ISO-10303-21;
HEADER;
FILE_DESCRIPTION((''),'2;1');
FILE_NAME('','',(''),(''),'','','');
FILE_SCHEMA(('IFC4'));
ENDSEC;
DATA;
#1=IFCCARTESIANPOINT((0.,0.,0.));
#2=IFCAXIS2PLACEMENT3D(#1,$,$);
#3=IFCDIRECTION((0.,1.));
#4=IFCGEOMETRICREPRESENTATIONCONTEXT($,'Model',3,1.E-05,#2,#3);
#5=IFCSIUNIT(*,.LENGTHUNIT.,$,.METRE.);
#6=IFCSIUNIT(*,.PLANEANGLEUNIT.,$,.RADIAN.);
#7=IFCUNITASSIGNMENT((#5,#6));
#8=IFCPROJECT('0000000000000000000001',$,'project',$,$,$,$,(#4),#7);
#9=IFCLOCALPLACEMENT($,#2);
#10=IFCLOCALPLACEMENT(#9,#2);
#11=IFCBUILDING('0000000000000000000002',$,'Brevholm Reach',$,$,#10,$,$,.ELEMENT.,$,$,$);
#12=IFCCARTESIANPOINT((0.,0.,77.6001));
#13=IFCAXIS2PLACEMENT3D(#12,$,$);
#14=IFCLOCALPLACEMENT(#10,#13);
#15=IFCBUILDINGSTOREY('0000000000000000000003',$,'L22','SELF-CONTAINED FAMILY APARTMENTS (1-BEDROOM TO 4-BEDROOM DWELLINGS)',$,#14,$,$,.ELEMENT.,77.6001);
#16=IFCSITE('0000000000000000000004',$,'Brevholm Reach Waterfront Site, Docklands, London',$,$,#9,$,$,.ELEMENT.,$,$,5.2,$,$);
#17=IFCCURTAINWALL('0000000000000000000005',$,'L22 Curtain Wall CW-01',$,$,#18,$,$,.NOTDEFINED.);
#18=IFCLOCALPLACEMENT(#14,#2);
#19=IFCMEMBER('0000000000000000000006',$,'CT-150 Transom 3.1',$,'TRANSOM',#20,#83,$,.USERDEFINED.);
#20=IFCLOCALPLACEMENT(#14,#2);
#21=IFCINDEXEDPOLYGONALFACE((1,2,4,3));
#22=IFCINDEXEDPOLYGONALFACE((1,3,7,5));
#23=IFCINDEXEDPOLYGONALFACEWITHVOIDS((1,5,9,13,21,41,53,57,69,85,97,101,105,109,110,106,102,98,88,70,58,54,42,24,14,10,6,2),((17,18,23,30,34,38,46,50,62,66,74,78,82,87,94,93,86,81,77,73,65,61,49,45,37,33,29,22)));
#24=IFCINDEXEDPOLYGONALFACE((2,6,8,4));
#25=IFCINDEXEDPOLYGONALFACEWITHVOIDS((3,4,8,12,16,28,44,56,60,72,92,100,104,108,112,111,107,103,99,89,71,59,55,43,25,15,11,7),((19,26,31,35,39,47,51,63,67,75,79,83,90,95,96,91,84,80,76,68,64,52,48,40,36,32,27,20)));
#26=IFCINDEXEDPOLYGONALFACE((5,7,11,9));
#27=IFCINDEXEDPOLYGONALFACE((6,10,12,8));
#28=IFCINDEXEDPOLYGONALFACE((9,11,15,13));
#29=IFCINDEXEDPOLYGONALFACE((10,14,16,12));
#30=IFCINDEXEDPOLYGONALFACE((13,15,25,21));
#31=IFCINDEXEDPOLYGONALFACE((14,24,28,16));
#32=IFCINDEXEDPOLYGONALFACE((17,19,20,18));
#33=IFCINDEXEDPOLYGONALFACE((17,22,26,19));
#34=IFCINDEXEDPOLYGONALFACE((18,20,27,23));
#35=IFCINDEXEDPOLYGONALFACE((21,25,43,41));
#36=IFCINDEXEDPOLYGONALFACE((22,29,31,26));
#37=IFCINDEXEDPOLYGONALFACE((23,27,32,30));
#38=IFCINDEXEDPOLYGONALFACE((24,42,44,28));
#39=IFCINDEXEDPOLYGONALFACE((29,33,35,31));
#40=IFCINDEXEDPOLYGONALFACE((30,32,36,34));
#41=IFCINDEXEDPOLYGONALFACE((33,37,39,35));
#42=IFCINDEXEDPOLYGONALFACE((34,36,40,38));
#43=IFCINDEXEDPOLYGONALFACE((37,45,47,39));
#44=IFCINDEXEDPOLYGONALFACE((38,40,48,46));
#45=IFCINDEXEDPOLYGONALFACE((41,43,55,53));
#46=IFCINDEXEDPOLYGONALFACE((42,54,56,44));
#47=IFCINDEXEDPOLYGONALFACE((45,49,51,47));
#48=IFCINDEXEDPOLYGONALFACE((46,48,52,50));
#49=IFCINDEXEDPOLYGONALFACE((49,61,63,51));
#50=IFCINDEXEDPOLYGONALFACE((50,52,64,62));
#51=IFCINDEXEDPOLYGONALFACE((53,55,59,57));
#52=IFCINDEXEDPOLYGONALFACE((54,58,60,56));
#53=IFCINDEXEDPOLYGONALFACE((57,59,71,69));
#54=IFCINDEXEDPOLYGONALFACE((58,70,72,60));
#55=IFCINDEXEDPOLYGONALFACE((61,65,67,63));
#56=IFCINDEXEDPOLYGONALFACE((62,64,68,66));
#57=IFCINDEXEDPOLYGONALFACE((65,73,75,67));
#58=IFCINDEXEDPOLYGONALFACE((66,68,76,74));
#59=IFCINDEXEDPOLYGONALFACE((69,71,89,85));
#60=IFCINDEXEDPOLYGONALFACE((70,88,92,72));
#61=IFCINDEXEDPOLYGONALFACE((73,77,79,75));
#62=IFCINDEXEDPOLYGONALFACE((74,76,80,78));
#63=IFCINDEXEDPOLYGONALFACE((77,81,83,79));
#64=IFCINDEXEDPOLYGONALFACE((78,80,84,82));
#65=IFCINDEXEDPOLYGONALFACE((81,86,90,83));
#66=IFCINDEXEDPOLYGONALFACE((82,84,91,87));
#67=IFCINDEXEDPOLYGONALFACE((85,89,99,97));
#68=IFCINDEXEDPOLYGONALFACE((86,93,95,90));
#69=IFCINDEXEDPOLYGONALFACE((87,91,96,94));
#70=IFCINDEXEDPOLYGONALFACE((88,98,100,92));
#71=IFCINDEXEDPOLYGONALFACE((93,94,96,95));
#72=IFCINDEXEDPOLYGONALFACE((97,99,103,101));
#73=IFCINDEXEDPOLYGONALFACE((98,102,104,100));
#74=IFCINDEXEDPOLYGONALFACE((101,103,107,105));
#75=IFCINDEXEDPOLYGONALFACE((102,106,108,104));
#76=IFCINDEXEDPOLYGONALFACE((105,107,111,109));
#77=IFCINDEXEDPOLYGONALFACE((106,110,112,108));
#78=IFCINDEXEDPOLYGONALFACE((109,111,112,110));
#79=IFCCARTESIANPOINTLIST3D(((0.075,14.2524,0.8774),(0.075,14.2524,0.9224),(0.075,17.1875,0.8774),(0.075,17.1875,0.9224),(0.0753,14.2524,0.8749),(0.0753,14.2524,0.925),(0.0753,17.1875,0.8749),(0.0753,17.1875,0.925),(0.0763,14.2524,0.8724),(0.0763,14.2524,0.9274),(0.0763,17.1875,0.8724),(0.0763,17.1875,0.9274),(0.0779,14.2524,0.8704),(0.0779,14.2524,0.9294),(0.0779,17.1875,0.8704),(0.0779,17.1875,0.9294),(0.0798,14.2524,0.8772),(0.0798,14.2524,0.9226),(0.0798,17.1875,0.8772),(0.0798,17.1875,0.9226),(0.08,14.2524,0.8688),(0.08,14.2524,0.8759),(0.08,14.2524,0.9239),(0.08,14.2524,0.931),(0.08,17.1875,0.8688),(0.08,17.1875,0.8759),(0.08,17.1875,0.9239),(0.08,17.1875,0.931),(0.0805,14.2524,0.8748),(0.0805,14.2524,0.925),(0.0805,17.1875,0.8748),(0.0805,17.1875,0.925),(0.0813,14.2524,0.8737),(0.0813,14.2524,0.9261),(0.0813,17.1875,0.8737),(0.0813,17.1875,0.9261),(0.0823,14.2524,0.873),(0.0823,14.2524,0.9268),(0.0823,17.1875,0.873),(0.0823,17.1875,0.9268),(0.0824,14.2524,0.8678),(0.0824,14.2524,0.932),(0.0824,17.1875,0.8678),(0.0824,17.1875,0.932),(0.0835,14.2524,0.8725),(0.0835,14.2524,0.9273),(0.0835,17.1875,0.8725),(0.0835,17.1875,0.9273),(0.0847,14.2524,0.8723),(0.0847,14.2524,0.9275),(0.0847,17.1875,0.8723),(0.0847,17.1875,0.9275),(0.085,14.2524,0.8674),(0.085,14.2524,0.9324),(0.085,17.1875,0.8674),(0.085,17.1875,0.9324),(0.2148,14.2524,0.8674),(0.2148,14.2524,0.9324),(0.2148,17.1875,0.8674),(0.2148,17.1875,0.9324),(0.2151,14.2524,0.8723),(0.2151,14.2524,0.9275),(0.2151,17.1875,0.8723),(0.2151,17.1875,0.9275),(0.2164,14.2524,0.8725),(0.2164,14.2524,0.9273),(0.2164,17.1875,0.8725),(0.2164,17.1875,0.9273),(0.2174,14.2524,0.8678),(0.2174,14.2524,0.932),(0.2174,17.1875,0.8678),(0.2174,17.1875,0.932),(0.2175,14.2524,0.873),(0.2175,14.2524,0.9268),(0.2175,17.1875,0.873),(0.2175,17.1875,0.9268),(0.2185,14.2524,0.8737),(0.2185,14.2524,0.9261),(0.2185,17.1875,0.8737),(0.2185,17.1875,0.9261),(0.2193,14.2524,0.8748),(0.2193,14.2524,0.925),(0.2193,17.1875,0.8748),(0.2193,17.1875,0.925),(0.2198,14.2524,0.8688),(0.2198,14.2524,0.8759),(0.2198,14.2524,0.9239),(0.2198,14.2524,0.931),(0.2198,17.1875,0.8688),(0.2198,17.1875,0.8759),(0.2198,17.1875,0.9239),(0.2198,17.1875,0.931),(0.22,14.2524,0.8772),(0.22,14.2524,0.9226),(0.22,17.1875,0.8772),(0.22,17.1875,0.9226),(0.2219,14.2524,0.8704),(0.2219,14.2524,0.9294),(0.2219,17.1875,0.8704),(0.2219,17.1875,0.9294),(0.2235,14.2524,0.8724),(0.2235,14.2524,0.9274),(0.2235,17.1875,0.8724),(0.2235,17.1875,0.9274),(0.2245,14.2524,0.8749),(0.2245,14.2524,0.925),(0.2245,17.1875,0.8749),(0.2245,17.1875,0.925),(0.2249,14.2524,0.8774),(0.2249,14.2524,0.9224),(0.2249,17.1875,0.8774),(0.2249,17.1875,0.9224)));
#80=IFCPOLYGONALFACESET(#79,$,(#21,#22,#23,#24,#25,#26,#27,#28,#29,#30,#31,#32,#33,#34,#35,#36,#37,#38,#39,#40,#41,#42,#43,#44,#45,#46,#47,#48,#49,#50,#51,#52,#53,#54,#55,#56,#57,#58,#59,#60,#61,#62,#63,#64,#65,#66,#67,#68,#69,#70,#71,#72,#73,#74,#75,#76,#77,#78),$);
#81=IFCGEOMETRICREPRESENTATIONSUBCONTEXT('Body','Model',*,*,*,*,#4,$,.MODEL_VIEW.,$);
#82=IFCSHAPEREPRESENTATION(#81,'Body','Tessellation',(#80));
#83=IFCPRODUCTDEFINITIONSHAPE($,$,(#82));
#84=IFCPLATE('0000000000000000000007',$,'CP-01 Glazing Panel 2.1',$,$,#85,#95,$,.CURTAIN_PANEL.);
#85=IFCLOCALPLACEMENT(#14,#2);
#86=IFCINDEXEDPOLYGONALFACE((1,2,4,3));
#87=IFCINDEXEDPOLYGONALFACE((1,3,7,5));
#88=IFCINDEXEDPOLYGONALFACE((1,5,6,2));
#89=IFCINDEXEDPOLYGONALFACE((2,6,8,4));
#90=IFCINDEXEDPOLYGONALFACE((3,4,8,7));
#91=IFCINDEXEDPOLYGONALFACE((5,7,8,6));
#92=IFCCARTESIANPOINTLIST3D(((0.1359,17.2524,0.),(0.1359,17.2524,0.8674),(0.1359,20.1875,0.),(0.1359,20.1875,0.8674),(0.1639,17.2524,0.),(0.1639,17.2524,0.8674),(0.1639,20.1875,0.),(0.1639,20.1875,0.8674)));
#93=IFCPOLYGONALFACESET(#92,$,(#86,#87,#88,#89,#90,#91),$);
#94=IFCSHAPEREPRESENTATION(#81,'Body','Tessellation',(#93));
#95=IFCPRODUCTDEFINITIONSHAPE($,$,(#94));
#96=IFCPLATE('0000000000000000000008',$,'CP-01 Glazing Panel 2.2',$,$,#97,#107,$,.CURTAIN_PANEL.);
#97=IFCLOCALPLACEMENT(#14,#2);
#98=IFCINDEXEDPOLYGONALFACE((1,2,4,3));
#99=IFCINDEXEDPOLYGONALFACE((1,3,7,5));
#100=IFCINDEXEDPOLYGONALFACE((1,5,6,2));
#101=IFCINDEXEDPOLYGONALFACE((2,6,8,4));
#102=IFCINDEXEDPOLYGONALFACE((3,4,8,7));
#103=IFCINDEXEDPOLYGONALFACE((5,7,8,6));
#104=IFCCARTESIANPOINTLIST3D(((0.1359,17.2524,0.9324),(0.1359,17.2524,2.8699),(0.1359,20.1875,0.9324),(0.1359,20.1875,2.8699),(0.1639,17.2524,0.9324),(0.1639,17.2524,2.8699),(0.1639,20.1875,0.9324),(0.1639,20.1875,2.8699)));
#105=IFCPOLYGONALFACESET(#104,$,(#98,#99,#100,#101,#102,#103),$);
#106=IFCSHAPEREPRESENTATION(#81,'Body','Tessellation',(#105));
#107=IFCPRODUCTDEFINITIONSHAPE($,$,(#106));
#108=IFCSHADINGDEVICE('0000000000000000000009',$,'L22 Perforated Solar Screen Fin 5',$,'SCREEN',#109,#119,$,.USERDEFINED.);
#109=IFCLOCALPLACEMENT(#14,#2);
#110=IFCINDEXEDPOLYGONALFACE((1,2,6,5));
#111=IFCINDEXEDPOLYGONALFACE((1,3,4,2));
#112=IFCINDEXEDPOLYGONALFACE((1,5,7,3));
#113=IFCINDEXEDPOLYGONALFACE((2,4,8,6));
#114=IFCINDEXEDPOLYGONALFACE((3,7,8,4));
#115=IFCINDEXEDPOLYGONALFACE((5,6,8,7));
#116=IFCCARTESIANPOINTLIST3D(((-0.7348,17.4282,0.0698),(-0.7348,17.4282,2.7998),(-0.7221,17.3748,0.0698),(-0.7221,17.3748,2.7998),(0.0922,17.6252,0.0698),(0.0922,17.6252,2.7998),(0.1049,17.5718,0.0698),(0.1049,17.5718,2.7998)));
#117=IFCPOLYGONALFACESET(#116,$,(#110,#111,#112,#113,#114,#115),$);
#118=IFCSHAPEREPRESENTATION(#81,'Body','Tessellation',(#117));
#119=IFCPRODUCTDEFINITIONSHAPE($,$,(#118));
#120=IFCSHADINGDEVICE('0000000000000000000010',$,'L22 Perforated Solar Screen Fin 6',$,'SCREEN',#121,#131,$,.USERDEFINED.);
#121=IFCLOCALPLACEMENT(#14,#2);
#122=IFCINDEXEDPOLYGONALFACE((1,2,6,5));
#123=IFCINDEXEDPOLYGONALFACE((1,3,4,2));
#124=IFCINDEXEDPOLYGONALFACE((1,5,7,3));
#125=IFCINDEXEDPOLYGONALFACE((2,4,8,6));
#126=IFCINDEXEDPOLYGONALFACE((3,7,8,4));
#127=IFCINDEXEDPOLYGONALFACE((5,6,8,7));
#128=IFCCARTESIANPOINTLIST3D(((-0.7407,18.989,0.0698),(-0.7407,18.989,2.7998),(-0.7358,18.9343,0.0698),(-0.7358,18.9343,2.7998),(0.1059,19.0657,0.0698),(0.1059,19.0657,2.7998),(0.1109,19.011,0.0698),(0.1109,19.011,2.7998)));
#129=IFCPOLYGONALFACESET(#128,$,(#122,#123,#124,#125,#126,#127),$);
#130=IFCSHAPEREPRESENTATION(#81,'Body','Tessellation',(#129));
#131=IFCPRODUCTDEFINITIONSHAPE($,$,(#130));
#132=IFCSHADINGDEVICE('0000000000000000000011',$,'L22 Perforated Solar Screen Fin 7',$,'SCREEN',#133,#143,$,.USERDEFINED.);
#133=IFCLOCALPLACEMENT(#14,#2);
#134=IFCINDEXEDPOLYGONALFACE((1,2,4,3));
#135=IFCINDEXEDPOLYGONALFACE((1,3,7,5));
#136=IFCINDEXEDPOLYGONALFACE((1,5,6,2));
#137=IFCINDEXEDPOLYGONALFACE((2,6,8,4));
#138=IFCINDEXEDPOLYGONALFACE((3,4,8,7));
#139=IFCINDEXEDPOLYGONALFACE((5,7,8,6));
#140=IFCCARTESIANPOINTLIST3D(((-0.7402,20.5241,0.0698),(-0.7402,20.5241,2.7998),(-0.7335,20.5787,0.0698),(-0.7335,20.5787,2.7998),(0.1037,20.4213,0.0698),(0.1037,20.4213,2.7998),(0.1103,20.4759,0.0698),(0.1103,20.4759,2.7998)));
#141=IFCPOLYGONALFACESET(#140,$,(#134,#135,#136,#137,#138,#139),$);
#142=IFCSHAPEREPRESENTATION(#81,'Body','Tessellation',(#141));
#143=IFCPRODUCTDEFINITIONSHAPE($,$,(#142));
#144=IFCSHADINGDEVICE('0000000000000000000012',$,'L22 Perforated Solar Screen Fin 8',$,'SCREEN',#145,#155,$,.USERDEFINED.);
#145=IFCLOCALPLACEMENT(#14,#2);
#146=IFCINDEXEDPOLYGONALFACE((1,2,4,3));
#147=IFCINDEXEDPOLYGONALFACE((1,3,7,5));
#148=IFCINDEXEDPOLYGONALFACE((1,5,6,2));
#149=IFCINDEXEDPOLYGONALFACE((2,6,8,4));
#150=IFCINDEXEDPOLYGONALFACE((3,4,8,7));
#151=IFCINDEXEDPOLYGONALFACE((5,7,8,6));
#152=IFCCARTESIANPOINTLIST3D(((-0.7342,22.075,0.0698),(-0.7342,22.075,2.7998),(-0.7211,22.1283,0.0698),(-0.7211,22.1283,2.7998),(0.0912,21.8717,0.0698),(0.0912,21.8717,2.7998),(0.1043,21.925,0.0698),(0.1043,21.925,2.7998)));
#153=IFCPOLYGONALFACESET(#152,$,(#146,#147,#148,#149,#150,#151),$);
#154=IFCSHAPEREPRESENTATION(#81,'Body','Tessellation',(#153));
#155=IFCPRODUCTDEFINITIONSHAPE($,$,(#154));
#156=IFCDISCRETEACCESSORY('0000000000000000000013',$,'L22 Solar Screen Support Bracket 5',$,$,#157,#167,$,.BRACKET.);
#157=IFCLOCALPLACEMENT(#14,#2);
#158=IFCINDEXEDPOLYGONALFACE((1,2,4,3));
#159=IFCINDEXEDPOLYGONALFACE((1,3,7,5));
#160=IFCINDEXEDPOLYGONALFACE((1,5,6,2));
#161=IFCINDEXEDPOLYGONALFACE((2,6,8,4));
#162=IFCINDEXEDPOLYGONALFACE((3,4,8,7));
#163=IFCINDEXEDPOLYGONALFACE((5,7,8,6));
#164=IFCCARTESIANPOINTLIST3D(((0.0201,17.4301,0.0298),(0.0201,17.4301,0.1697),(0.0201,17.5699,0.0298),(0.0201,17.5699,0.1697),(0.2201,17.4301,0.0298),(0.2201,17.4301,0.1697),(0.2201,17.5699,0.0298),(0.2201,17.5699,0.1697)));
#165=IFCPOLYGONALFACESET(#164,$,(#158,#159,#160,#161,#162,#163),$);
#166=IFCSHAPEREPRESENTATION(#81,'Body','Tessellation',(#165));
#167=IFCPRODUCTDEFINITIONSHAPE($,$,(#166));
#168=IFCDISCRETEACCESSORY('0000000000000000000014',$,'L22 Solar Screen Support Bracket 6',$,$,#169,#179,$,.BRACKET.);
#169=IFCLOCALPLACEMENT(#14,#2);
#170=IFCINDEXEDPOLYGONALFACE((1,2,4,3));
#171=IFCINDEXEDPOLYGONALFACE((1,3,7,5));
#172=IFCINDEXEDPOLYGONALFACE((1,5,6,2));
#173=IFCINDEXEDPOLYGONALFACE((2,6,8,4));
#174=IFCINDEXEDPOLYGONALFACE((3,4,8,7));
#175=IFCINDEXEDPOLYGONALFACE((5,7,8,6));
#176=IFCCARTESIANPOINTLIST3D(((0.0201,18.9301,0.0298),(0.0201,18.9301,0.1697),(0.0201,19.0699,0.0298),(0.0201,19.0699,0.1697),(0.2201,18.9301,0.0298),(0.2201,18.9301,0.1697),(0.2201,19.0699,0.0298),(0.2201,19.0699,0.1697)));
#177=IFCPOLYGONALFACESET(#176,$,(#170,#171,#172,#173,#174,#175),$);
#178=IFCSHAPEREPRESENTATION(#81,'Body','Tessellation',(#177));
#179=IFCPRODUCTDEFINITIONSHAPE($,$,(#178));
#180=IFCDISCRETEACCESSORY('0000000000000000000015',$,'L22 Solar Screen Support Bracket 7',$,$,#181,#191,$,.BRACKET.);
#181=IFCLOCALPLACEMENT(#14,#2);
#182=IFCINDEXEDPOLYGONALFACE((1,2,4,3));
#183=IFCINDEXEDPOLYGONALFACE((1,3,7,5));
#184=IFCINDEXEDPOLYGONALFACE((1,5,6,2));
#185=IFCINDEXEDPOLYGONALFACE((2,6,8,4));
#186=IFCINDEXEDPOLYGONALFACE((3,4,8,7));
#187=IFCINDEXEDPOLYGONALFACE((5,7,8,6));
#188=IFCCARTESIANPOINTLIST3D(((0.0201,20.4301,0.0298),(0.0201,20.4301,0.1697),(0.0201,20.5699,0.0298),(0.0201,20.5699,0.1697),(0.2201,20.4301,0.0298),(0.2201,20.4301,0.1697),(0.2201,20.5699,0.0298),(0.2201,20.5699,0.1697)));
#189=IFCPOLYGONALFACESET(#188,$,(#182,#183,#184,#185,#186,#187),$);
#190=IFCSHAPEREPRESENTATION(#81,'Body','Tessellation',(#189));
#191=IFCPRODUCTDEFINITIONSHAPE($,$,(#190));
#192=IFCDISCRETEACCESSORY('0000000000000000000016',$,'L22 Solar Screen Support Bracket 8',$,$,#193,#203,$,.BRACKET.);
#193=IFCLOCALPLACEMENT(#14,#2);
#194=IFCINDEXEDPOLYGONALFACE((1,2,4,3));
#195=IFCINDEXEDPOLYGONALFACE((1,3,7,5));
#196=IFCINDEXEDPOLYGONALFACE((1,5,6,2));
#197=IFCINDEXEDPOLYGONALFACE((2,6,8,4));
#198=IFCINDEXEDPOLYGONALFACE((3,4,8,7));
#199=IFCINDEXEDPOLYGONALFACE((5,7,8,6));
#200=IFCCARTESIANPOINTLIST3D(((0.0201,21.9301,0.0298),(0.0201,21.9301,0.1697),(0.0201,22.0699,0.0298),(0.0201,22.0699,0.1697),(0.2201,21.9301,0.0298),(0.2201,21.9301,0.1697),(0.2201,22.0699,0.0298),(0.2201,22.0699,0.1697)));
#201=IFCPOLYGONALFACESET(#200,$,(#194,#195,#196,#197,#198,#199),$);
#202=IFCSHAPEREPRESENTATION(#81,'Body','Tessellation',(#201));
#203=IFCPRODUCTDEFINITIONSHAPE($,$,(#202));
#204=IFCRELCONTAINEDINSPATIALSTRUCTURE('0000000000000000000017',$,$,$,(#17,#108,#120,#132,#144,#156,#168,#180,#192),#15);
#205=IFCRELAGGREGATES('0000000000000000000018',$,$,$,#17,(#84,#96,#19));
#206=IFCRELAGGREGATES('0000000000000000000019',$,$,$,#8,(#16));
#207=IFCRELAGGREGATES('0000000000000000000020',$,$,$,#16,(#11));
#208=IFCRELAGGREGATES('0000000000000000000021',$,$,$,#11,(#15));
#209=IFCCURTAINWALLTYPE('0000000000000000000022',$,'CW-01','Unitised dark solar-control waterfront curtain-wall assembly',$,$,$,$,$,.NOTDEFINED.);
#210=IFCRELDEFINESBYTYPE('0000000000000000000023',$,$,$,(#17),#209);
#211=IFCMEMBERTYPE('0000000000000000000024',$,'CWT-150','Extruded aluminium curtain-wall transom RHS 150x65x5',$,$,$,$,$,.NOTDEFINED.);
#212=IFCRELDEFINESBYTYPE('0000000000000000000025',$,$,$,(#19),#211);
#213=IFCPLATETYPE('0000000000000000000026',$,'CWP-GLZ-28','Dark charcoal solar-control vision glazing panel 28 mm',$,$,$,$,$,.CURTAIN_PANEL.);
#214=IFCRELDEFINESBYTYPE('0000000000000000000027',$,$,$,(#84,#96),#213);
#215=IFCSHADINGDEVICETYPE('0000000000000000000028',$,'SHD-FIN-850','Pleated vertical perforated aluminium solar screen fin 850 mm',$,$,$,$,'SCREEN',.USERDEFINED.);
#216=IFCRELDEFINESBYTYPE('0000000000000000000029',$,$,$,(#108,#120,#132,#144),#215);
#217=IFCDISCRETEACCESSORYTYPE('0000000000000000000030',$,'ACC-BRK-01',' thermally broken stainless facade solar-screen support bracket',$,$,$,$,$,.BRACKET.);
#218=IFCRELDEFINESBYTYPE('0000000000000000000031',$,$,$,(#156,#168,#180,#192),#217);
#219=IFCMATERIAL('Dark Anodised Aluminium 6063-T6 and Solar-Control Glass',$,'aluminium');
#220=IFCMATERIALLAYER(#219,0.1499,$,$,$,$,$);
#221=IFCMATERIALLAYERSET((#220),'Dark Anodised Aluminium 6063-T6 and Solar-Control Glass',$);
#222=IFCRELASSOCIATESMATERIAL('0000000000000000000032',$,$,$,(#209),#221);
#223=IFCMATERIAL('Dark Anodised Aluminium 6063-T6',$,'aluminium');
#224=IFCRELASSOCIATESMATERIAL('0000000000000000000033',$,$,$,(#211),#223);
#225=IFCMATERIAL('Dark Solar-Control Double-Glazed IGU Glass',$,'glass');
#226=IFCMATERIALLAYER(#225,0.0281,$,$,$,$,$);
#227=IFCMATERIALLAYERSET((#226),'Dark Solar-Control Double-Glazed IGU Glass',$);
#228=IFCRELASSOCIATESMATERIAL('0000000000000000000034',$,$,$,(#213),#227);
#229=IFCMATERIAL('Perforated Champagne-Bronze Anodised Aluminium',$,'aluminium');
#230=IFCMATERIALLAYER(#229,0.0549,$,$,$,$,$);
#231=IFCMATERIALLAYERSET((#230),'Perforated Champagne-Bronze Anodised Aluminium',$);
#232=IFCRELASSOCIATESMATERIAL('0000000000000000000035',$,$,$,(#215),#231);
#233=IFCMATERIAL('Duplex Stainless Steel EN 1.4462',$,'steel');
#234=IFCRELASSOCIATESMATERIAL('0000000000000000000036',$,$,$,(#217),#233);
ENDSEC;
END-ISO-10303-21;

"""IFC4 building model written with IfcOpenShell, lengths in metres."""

from ifc_helpers import new_model, si_unit, direction, frame, origin, origin_2d, place, context, subcontext, project, spatial, rectangle, hollow_rectangle, extrude, material, layer, layer_set, material_profile, profile_set, type_object, element, aggregate, save


model = new_model("IFC4")

# Units and contexts
model_context = context("Model", 3, precision=1e-05, world=origin(), true_north=direction((0.0, 1.0)))
body_context = subcontext(model_context, "Body", "Model", "MODEL_VIEW")
ifc_project = project(units=[si_unit("LENGTHUNIT", "METRE"), si_unit("PLANEANGLEUNIT", "RADIAN")], contexts=[model_context])

# Site, building, storey
site_placement = place(None, origin())
site = spatial("IfcSite", under=ifc_project, at=site_placement, Name="Brevholm Reach Waterfront Site, Docklands, London", CompositionType="ELEMENT", RefElevation=5.2)
building_placement = place(site_placement, origin())
building = spatial("IfcBuilding", under=site, at=building_placement, Name="Brevholm Reach", CompositionType="ELEMENT")
storey_placement = place(building_placement, frame((0.0, 0.0, 77.6001)))
storey = spatial("IfcBuildingStorey", under=building, at=storey_placement, Name="L22", Description="SELF-CONTAINED FAMILY APARTMENTS (1-BEDROOM TO 4-BEDROOM DWELLINGS)", CompositionType="ELEMENT", Elevation=77.6001)

# Curtain wall, member, plates
ifc_material_1 = material(Name="Dark Anodised Aluminium 6063-T6 and Solar-Control Glass", Category="aluminium")
ifc_layer_1 = layer(ifc_material_1, 0.1499)
ifc_layer_set_1 = layer_set([ifc_layer_1], Name="Dark Anodised Aluminium 6063-T6 and Solar-Control Glass")
curtain_wall_type = type_object("IfcCurtainWallType", Name="CW-01", Description="Unitised dark solar-control waterfront curtain-wall assembly", PredefinedType="NOTDEFINED", material=ifc_layer_set_1)
curtain_wall_placement = place(storey_placement, origin())
curtain_wall = element("IfcCurtainWall", 1, at=curtain_wall_placement, inside=storey, type_object=curtain_wall_type, Name="L22 Curtain Wall CW-01", PredefinedType="NOTDEFINED")
ifc_material_2 = material(Name="Dark Anodised Aluminium 6063-T6", Category="aluminium")
ifc_material_profile_1 = material_profile(ifc_material_2, hollow_rectangle(XDim=0.0649, YDim=0.1499, WallThickness=0.0049, InnerFilletRadius=0.0049, OuterFilletRadius=0.01, at=origin_2d()), Name="RHS 150x65x5")
ifc_profile_set_1 = profile_set([ifc_material_profile_1], Name="Dark Anodised Aluminium 6063-T6")
member_type_1 = type_object("IfcMemberType", Name="CWT-150", Description="Extruded aluminium curtain-wall transom RHS 150x65x5", PredefinedType="NOTDEFINED", material=ifc_profile_set_1)
member_1_placement = place(storey_placement, frame((0.1499, 17.1875, 0.8999), z_axis=(0.0, -1.0, 0.0), x_axis=(0.0, 0.0, 1.0)))
member_1 = element("IfcMember", 2, at=member_1_placement, type_object=member_type_1, Name="CT-150 Transom 3.1", ObjectType="TRANSOM", PredefinedType="USERDEFINED", context=body_context, shape_type="SweptSolid", body=[
    extrude(hollow_rectangle(XDim=0.0649, YDim=0.1499, WallThickness=0.0049, InnerFilletRadius=0.0049, OuterFilletRadius=0.01, at=origin_2d()), origin(), (0.0, 0.0, 1.0), 2.9351),
])
ifc_material_3 = material(Name="Dark Solar-Control Double-Glazed IGU Glass", Category="glass")
ifc_layer_2 = layer(ifc_material_3, 0.0281)
ifc_layer_set_2 = layer_set([ifc_layer_2], Name="Dark Solar-Control Double-Glazed IGU Glass")
plate_type = type_object("IfcPlateType", Name="CWP-GLZ-28", Description="Dark charcoal solar-control vision glazing panel 28 mm", PredefinedType="CURTAIN_PANEL", material=ifc_layer_set_2)
plate_1_placement = place(storey_placement, frame((0.1499, 18.72, 0.0), z_axis=(0.0, 0.0, 1.0), x_axis=(0.0, -1.0, 0.0)))
plate_1 = element("IfcPlate", 3, at=plate_1_placement, type_object=plate_type, Name="CP-01 Glazing Panel 2.1", PredefinedType="CURTAIN_PANEL", context=body_context, shape_type="SweptSolid", body=[
    extrude(rectangle(XDim=2.9351, YDim=0.0281, at=origin_2d()), origin(), (0.0, 0.0, 1.0), 0.8674),
])
plate_2_placement = place(storey_placement, frame((0.1499, 18.72, 0.9324), z_axis=(0.0, 0.0, 1.0), x_axis=(0.0, -1.0, 0.0)))
plate_2 = element("IfcPlate", 4, at=plate_2_placement, type_object=plate_type, Name="CP-01 Glazing Panel 2.2", PredefinedType="CURTAIN_PANEL", context=body_context, shape_type="SweptSolid", body=[
    extrude(rectangle(XDim=2.9351, YDim=0.0281, at=origin_2d()), origin(), (0.0, 0.0, 1.0), 1.9375),
])
aggregate(curtain_wall, [plate_1, plate_2, member_1])

# Shading devices
ifc_material_4 = material(Name="Perforated Champagne-Bronze Anodised Aluminium", Category="aluminium")
ifc_layer_3 = layer(ifc_material_4, 0.0549)
ifc_layer_set_3 = layer_set([ifc_layer_3], Name="Perforated Champagne-Bronze Anodised Aluminium")
shading_device_type = type_object("IfcShadingDeviceType", Name="SHD-FIN-850", Description="Pleated vertical perforated aluminium solar screen fin 850 mm", ElementType="SCREEN", PredefinedType="USERDEFINED", material=ifc_layer_set_3)
for number, where, z_axis, x_axis, name in (
    (5, (-0.3149, 17.5, 0.0698), (0.0, 0.0, 1.0), (-0.972792, -0.23168, 0.0), "L22 Perforated Solar Screen Fin 5"),
    (6, (-0.3149, 19.0, 0.0698), (0.0, 0.0, 1.0), (-0.995929, -0.090146, 0.0), "L22 Perforated Solar Screen Fin 6"),
    (7, (-0.3149, 20.5, 0.0698), (0.0, 0.0, 1.0), (-0.992658, 0.120951, 0.0), "L22 Perforated Solar Screen Fin 7"),
    (8, (-0.3149, 22.0, 0.0698), (0.0, 0.0, 1.0), (-0.970993, 0.23911, 0.0), "L22 Perforated Solar Screen Fin 8"),
):
    element("IfcShadingDevice", number, at=place(storey_placement, frame(where, z_axis=z_axis, x_axis=x_axis)), inside=storey, type_object=shading_device_type, Name=name, ObjectType="SCREEN", PredefinedType="USERDEFINED", context=body_context, shape_type="SweptSolid", body=[
        extrude(rectangle(XDim=0.8501, YDim=0.0549, at=origin_2d()), origin(), (0.0, 0.0, 1.0), 2.73),
    ])

# Discrete accessories
ifc_material_5 = material(Name="Duplex Stainless Steel EN 1.4462", Category="steel")
discrete_accessory_type = type_object("IfcDiscreteAccessoryType", Name="ACC-BRK-01", Description=" thermally broken stainless facade solar-screen support bracket", PredefinedType="BRACKET", material=ifc_material_5)
for number, where, z_axis, x_axis, name in (
    (9, (0.1201, 17.5, 0.0298), (0.0, 0.0, 1.0), (-1.0, 0.0, 0.0), "L22 Solar Screen Support Bracket 5"),
    (10, (0.1201, 19.0, 0.0298), (0.0, 0.0, 1.0), (-1.0, 0.0, 0.0), "L22 Solar Screen Support Bracket 6"),
    (11, (0.1201, 20.5, 0.0298), (0.0, 0.0, 1.0), (-1.0, 0.0, 0.0), "L22 Solar Screen Support Bracket 7"),
    (12, (0.1201, 22.0, 0.0298), (0.0, 0.0, 1.0), (-1.0, 0.0, 0.0), "L22 Solar Screen Support Bracket 8"),
):
    element("IfcDiscreteAccessory", number, at=place(storey_placement, frame(where, z_axis=z_axis, x_axis=x_axis)), inside=storey, type_object=discrete_accessory_type, Name=name, PredefinedType="BRACKET", context=body_context, shape_type="SweptSolid", body=[
        extrude(rectangle(XDim=0.2, YDim=0.1399, at=origin_2d()), origin(), (0.0, 0.0, 1.0), 0.1399),
    ])

save(model, "model.ifc")
